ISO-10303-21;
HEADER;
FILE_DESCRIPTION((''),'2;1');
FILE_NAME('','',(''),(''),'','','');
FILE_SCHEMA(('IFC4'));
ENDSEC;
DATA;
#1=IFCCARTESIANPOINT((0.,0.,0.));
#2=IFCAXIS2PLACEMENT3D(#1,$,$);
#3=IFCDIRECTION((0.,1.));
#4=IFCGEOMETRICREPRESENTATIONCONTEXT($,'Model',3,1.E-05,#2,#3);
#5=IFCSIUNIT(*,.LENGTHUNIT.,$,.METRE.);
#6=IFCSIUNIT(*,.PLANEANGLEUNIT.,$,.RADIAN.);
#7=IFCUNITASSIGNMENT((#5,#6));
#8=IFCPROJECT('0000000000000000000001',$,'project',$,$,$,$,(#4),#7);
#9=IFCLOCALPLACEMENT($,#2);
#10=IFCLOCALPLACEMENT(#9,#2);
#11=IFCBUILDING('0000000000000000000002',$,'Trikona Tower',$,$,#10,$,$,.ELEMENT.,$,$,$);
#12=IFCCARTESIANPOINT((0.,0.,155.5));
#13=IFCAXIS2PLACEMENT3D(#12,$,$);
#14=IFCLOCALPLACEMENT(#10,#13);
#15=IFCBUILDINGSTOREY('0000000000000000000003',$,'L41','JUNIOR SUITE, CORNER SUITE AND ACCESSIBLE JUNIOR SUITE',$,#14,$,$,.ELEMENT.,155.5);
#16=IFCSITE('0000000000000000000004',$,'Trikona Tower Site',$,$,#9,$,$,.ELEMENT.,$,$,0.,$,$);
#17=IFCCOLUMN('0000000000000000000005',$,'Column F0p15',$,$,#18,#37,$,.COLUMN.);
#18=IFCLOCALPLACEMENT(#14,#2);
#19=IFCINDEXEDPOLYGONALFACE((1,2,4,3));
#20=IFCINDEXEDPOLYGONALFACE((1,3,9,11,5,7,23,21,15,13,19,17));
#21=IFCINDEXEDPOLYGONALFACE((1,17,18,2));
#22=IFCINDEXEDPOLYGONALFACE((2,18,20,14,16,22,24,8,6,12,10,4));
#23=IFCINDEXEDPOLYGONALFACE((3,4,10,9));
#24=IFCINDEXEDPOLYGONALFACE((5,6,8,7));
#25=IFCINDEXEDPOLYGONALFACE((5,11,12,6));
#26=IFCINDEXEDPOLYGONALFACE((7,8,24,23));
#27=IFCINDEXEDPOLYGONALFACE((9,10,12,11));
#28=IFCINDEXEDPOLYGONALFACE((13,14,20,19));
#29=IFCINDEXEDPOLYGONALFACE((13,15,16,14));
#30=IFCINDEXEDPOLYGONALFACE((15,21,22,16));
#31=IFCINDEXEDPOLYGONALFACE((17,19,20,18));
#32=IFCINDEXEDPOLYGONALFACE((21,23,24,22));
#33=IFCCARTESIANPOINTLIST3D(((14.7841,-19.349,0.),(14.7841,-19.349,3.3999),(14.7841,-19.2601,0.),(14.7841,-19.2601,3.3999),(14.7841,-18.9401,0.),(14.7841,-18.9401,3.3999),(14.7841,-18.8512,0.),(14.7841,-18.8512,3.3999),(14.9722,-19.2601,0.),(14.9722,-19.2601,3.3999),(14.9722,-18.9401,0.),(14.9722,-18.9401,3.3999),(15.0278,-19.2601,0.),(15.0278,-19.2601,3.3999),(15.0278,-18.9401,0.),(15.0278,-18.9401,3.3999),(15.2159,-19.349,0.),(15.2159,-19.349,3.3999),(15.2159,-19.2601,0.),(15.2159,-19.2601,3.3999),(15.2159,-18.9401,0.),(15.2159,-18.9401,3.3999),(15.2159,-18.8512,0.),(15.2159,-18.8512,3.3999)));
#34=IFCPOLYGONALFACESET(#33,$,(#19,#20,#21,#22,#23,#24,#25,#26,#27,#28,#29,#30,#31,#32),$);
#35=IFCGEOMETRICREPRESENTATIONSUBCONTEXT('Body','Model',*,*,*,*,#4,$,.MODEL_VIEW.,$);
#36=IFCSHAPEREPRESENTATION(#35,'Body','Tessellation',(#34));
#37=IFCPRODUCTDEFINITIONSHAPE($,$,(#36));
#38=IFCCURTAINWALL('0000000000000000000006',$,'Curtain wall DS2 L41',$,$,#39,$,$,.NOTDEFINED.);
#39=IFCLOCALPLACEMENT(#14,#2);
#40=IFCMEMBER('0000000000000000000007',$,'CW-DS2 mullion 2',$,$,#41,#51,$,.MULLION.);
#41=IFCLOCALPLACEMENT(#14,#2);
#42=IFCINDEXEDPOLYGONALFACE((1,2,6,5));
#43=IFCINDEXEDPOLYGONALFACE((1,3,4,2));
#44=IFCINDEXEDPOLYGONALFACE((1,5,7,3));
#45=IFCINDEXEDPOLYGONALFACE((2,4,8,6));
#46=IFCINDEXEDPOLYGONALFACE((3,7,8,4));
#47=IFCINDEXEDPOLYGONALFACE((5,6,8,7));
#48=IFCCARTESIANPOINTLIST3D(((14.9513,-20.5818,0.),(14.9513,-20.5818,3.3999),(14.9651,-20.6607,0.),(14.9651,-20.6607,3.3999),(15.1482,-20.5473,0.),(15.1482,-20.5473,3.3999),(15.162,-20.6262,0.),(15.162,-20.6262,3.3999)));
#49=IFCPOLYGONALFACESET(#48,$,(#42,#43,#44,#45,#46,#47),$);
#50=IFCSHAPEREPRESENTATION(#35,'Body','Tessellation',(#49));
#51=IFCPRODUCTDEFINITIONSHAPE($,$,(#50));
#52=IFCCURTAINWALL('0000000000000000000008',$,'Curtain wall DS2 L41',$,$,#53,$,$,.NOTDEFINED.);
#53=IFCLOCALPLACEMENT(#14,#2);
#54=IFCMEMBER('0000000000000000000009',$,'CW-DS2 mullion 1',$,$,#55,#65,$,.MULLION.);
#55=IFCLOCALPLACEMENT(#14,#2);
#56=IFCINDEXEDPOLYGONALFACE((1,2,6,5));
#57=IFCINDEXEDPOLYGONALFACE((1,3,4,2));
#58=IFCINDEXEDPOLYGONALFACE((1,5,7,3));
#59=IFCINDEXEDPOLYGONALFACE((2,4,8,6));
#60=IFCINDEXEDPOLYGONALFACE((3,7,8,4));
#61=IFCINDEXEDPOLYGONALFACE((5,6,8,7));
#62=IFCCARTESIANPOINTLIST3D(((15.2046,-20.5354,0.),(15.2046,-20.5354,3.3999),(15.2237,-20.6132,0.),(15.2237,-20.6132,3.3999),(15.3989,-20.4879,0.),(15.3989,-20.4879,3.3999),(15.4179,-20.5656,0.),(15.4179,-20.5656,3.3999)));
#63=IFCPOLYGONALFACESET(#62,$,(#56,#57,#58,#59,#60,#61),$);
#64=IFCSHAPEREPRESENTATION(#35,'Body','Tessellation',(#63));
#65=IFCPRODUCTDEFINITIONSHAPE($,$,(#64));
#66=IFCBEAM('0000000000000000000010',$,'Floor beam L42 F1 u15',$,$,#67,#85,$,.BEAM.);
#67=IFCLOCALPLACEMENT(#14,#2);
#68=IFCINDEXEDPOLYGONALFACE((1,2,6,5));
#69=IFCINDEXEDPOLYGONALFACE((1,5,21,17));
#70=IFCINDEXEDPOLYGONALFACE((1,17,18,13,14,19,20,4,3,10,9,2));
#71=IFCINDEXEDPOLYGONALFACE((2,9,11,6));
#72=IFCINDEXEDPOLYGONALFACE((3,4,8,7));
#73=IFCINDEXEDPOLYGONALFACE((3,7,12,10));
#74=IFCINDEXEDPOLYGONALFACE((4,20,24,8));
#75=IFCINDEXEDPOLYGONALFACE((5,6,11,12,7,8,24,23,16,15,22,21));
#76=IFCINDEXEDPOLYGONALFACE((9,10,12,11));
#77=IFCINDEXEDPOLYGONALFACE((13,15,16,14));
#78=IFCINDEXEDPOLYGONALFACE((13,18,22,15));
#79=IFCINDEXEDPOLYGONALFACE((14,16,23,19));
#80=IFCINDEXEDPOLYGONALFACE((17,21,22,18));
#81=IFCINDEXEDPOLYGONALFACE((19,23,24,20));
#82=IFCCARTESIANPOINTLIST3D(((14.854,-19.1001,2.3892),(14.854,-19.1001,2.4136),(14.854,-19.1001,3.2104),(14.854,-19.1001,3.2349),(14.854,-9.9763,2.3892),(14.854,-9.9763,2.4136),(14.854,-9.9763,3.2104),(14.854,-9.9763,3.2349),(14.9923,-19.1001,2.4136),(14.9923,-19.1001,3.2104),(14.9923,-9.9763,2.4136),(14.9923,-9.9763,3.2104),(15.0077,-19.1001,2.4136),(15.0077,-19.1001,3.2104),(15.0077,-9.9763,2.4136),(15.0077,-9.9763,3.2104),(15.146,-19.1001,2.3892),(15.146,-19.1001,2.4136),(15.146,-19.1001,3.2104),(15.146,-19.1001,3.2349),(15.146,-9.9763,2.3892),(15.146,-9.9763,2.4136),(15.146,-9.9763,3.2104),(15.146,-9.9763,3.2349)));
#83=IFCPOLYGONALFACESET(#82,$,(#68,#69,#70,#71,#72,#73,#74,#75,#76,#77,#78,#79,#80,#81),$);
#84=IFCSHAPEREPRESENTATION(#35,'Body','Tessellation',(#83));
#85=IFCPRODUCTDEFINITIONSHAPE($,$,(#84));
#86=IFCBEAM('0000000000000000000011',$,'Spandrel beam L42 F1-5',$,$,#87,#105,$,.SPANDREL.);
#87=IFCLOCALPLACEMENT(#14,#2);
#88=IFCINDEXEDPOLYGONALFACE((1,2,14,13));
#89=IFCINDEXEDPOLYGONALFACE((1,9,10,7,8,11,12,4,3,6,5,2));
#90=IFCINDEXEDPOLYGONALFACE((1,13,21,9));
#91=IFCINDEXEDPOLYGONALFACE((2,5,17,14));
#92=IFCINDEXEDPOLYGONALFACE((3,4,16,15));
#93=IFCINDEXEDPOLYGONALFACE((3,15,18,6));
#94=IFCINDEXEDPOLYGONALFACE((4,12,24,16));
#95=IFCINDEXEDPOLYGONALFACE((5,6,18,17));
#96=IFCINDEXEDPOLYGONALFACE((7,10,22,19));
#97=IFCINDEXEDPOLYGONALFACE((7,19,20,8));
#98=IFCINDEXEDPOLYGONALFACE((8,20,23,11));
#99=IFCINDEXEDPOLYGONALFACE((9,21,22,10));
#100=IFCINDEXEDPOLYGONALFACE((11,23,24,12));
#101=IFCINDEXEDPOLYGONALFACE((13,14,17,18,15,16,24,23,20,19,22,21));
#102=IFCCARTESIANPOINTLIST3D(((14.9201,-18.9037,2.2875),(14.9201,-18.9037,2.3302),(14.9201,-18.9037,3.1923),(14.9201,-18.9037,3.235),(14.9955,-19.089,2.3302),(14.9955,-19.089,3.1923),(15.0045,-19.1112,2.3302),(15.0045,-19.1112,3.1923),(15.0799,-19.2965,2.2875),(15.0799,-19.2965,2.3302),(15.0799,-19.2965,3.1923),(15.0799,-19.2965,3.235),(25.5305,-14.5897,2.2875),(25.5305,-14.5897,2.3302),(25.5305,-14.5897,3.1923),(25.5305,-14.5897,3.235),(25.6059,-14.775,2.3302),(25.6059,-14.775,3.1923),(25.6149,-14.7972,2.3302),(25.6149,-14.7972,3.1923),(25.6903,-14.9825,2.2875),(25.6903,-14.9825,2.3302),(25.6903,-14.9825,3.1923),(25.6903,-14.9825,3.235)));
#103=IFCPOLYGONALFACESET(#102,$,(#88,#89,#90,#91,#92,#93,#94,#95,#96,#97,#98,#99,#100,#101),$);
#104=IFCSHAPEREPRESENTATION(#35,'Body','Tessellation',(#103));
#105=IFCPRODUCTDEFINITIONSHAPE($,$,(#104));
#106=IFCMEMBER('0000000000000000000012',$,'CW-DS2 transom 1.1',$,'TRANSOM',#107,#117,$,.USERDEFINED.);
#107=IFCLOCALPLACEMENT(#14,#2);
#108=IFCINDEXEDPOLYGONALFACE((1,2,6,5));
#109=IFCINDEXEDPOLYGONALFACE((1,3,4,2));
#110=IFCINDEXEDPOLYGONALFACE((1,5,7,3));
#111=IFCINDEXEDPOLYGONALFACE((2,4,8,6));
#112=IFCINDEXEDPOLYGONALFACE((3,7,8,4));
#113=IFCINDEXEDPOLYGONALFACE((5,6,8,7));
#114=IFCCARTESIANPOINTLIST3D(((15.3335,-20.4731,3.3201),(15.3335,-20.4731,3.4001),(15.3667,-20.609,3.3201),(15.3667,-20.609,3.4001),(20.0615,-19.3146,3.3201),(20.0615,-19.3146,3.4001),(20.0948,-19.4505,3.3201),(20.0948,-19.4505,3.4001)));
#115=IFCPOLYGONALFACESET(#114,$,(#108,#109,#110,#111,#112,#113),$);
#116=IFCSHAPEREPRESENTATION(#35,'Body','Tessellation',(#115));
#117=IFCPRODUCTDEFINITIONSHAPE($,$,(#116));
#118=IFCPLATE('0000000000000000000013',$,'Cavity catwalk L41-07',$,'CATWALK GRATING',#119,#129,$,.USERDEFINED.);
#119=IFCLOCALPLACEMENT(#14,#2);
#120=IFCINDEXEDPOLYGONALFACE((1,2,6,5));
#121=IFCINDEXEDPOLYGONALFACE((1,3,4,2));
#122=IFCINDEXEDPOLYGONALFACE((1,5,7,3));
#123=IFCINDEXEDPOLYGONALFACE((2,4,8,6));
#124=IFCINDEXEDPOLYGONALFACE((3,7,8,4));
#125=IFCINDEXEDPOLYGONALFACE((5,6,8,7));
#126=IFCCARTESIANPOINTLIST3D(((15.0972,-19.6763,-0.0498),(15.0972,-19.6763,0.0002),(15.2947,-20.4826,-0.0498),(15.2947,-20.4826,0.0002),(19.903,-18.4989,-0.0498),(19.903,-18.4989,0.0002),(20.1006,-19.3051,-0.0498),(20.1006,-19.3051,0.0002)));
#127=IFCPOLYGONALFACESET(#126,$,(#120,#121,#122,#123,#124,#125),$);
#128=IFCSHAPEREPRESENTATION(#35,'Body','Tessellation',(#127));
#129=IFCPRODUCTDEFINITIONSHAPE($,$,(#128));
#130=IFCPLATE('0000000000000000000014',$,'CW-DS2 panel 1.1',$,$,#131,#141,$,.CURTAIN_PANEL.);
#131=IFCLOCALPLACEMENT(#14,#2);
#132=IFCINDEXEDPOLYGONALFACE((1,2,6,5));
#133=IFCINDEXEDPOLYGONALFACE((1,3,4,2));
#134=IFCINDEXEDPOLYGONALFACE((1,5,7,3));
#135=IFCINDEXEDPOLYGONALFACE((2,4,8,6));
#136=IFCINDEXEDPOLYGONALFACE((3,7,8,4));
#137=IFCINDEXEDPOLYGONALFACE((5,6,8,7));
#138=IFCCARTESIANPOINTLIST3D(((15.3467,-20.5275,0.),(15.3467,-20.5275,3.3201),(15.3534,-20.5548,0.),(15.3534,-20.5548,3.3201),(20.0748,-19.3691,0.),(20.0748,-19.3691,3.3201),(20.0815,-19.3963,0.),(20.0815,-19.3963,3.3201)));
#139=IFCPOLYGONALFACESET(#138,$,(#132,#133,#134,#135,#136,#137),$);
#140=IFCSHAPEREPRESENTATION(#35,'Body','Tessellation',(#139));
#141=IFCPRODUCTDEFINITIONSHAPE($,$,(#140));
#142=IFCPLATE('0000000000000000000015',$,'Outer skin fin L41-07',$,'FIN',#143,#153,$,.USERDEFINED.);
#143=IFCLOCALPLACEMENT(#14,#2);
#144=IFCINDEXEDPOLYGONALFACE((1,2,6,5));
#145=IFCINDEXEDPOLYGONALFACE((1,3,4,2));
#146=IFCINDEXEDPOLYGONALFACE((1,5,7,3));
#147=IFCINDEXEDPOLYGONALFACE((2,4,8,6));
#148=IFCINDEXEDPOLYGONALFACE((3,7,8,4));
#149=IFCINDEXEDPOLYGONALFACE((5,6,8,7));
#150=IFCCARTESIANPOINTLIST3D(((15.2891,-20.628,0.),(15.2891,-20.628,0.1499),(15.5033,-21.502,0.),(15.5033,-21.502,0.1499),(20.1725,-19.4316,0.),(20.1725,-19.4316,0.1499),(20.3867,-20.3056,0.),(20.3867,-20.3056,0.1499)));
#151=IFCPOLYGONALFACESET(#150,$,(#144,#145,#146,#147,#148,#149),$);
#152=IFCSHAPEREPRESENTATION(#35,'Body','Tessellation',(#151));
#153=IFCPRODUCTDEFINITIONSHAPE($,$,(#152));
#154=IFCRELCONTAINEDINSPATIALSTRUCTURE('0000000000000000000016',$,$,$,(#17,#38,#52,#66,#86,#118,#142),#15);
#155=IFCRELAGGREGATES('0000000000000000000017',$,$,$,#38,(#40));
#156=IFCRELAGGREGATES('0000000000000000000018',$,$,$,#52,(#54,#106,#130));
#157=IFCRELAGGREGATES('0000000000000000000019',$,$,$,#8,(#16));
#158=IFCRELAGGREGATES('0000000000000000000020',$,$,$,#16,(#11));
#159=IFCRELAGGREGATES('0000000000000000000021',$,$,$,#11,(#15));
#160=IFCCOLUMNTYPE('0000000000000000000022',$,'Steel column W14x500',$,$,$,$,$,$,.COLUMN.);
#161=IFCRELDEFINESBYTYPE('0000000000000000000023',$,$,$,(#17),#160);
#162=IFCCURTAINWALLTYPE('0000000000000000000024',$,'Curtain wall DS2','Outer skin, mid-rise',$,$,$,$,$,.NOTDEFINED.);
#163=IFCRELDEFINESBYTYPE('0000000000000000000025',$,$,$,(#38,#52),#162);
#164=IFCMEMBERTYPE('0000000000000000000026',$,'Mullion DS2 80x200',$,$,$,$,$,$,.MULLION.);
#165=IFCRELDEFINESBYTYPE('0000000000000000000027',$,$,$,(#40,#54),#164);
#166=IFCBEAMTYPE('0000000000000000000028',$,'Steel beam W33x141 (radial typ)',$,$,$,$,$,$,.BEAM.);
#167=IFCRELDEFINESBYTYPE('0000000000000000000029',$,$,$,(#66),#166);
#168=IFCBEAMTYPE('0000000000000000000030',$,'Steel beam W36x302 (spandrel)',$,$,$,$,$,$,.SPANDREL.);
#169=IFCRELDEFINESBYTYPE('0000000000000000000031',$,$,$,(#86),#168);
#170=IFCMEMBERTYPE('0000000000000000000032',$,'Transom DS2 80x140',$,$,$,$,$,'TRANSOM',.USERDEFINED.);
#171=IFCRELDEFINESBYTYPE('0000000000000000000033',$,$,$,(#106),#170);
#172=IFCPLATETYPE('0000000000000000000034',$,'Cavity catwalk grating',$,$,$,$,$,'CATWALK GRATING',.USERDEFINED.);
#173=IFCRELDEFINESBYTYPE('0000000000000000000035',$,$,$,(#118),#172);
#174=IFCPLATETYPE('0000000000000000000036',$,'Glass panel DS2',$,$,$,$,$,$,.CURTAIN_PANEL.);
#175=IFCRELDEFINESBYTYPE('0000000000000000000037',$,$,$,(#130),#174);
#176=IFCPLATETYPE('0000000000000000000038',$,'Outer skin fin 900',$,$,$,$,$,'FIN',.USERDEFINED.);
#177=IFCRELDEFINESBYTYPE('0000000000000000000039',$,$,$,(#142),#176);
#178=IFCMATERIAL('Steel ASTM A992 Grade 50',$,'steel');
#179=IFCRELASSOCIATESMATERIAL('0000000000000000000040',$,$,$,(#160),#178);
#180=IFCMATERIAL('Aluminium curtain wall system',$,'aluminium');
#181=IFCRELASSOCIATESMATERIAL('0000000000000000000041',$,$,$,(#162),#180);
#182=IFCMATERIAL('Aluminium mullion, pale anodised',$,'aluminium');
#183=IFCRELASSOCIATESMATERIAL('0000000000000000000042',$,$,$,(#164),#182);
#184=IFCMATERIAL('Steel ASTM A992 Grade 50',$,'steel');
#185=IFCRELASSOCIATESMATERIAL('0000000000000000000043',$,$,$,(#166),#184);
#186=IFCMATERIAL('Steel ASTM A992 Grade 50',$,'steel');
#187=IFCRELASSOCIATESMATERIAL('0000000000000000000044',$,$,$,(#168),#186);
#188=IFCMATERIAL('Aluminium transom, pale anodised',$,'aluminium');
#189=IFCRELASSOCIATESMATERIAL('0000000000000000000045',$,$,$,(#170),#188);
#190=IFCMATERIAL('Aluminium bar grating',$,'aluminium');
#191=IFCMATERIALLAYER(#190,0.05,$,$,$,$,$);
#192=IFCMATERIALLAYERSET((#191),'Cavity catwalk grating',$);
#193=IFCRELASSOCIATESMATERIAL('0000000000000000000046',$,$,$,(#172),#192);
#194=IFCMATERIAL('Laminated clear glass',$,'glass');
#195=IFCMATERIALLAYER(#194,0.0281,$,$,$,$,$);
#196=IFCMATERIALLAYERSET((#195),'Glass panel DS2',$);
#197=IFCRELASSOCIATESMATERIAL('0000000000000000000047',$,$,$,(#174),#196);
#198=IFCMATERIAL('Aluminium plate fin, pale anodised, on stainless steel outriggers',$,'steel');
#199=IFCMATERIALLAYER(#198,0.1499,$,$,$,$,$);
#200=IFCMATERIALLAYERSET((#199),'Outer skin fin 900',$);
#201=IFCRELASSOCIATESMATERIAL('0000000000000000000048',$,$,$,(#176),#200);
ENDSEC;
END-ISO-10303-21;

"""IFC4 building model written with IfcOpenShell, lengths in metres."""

from ifc_helpers import new_model, si_unit, direction, frame, origin, origin_2d, place, context, subcontext, project, spatial, rectangle, i_section, extrude, material, layer, layer_set, material_profile, profile_set, type_object, element, aggregate, save


model = new_model("IFC4")

# Units and contexts
model_context = context("Model", 3, precision=1e-05, world=origin(), true_north=direction((0.0, 1.0)))
body_context = subcontext(model_context, "Body", "Model", "MODEL_VIEW")
ifc_project = project(units=[si_unit("LENGTHUNIT", "METRE"), si_unit("PLANEANGLEUNIT", "RADIAN")], contexts=[model_context])

# Site, building, storey
site_placement = place(None, origin())
site = spatial("IfcSite", under=ifc_project, at=site_placement, Name="Trikona Tower Site", CompositionType="ELEMENT", RefElevation=0.0)
building_placement = place(site_placement, origin())
building = spatial("IfcBuilding", under=site, at=building_placement, Name="Trikona Tower", CompositionType="ELEMENT")
storey_placement = place(building_placement, frame((0.0, 0.0, 155.5)))
storey = spatial("IfcBuildingStorey", under=building, at=storey_placement, Name="L41", Description="JUNIOR SUITE, CORNER SUITE AND ACCESSIBLE JUNIOR SUITE", CompositionType="ELEMENT", Elevation=155.5)

# Column
ifc_material_1 = material(Name="Steel ASTM A992 Grade 50", Category="steel")
ifc_material_profile_1 = material_profile(ifc_material_1, i_section(OverallWidth=0.4319, OverallDepth=0.4978, WebThickness=0.0557, FlangeThickness=0.0889, at=origin_2d()), Name="W14X500")
ifc_profile_set_1 = profile_set([ifc_material_profile_1], Name="Steel ASTM A992 Grade 50")
column_type = type_object("IfcColumnType", Name="Steel column W14x500", PredefinedType="COLUMN", material=ifc_profile_set_1)
column_placement = place(storey_placement, frame((15.0, -19.1001, 0.0), z_axis=(0.0, 0.0, 1.0), x_axis=(1.0, 0.0, 0.0)))
element("IfcColumn", 1, at=column_placement, inside=storey, type_object=column_type, Name="Column F0p15", PredefinedType="COLUMN", context=body_context, shape_type="SweptSolid", body=[
    extrude(i_section(OverallWidth=0.4319, OverallDepth=0.4978, WebThickness=0.0557, FlangeThickness=0.0889, at=origin_2d()), origin(), (0.0, 0.0, 1.0), 3.3999),
])

# Curtain walls, members
ifc_material_2 = material(Name="Aluminium curtain wall system", Category="aluminium")
curtain_wall_type = type_object("IfcCurtainWallType", Name="Curtain wall DS2", Description="Outer skin, mid-rise", PredefinedType="NOTDEFINED", material=ifc_material_2)
curtain_wall_1_placement = place(storey_placement, origin())
curtain_wall_1 = element("IfcCurtainWall", 2, at=curtain_wall_1_placement, inside=storey, type_object=curtain_wall_type, Name="Curtain wall DS2 L41", PredefinedType="NOTDEFINED")
ifc_material_3 = material(Name="Aluminium mullion, pale anodised", Category="aluminium")
ifc_material_profile_2 = material_profile(ifc_material_3, rectangle(XDim=0.0801, YDim=0.2, at=origin_2d()), Name="MUL-DS2")
ifc_profile_set_2 = profile_set([ifc_material_profile_2], Name="Aluminium mullion, pale anodised")
member_type_1 = type_object("IfcMemberType", Name="Mullion DS2 80x200", PredefinedType="MULLION", material=ifc_profile_set_2)
member_1_placement = place(storey_placement, frame((15.0566, -20.604, 0.0), z_axis=(0.0, 0.0, 1.0), x_axis=(-0.172377, 0.985031, 0.0)))
member_1 = element("IfcMember", 3, at=member_1_placement, type_object=member_type_1, Name="CW-DS2 mullion 2", PredefinedType="MULLION", context=body_context, shape_type="SweptSolid", body=[
    extrude(rectangle(XDim=0.0801, YDim=0.2, at=origin_2d()), origin(), (0.0, 0.0, 1.0), 3.3999),
])
aggregate(curtain_wall_1, [member_1])
curtain_wall_2_placement = place(storey_placement, origin())
curtain_wall_2 = element("IfcCurtainWall", 4, at=curtain_wall_2_placement, inside=storey, type_object=curtain_wall_type, Name="Curtain wall DS2 L41", PredefinedType="NOTDEFINED")
member_2_placement = place(storey_placement, frame((15.3113, -20.5505, 0.0), z_axis=(0.0, 0.0, 1.0), x_axis=(-0.23797, 0.971272, 0.0)))
member_2 = element("IfcMember", 5, at=member_2_placement, type_object=member_type_1, Name="CW-DS2 mullion 1", PredefinedType="MULLION", context=body_context, shape_type="SweptSolid", body=[
    extrude(rectangle(XDim=0.0801, YDim=0.2, at=origin_2d()), origin(), (0.0, 0.0, 1.0), 3.3999),
])

# Beams
ifc_material_4 = material(Name="Steel ASTM A992 Grade 50", Category="steel")
ifc_material_profile_3 = material_profile(ifc_material_4, i_section(OverallWidth=0.292, OverallDepth=0.8457, WebThickness=0.0154, FlangeThickness=0.0244, at=origin_2d()), Name="W33X141")
ifc_profile_set_3 = profile_set([ifc_material_profile_3], Name="Steel ASTM A992 Grade 50")
beam_type_1 = type_object("IfcBeamType", Name="Steel beam W33x141 (radial typ)", PredefinedType="BEAM", material=ifc_profile_set_3)
beam_1_placement = place(storey_placement, frame((15.0, -9.9763, 2.812), z_axis=(0.0, -1.0, 0.0), x_axis=(1.0, 0.0, 0.0)))
element("IfcBeam", 6, at=beam_1_placement, inside=storey, type_object=beam_type_1, Name="Floor beam L42 F1 u15", PredefinedType="BEAM", context=body_context, shape_type="SweptSolid", body=[
    extrude(i_section(OverallWidth=0.292, OverallDepth=0.8457, WebThickness=0.0154, FlangeThickness=0.0244, at=origin_2d()), origin(), (0.0, 0.0, 1.0), 9.1238),
])
ifc_material_5 = material(Name="Steel ASTM A992 Grade 50", Category="steel")
ifc_material_profile_4 = material_profile(ifc_material_5, i_section(OverallWidth=0.4241, OverallDepth=0.9475, WebThickness=0.0239, FlangeThickness=0.0427, at=origin_2d()), Name="W36X302")
ifc_profile_set_4 = profile_set([ifc_material_profile_4], Name="Steel ASTM A992 Grade 50")
beam_type_2 = type_object("IfcBeamType", Name="Steel beam W36x302 (spandrel)", PredefinedType="SPANDREL", material=ifc_profile_set_4)
beam_2_placement = place(storey_placement, frame((15.0, -19.1001, 2.7612), z_axis=(0.92636, 0.37664, 0.0), x_axis=(-0.37664, 0.92636, 0.0)))
element("IfcBeam", 7, at=beam_2_placement, inside=storey, type_object=beam_type_2, Name="Spandrel beam L42 F1-5", PredefinedType="SPANDREL", context=body_context, shape_type="SweptSolid", body=[
    extrude(i_section(OverallWidth=0.4241, OverallDepth=0.9475, WebThickness=0.0239, FlangeThickness=0.0427, at=origin_2d()), origin(), (0.0, 0.0, 1.0), 11.4539),
])

# Member
ifc_material_6 = material(Name="Aluminium transom, pale anodised", Category="aluminium")
ifc_material_profile_5 = material_profile(ifc_material_6, rectangle(XDim=0.1399, YDim=0.0801, at=origin_2d()), Name="TRN-DS2")
ifc_profile_set_5 = profile_set([ifc_material_profile_5], Name="Aluminium transom, pale anodised")
member_type_2 = type_object("IfcMemberType", Name="Transom DS2 80x140", ElementType="TRANSOM", PredefinedType="USERDEFINED", material=ifc_profile_set_5)
member_3_placement = place(storey_placement, frame((15.3501, -20.541, 3.3601), z_axis=(0.971271, 0.237978, 0.0), x_axis=(-0.237978, 0.971271, 0.0)))
member_3 = element("IfcMember", 8, at=member_3_placement, type_object=member_type_2, Name="CW-DS2 transom 1.1", ObjectType="TRANSOM", PredefinedType="USERDEFINED", context=body_context, shape_type="SweptSolid", body=[
    extrude(rectangle(XDim=0.1399, YDim=0.0801, at=origin_2d()), origin(), (0.0, 0.0, 1.0), 4.8679),
])

# Plates
ifc_material_7 = material(Name="Aluminium bar grating", Category="aluminium")
ifc_layer_1 = layer(ifc_material_7, 0.05)
ifc_layer_set_1 = layer_set([ifc_layer_1], Name="Cavity catwalk grating")
plate_type_1 = type_object("IfcPlateType", Name="Cavity catwalk grating", ElementType="CATWALK GRATING", PredefinedType="USERDEFINED", material=ifc_layer_set_1)
plate_1_placement = place(storey_placement, frame((17.5989, -19.4907, -0.0498), z_axis=(0.0, 0.0, 1.0), x_axis=(0.971274, 0.237962, 0.0)))
element("IfcPlate", 9, at=plate_1_placement, inside=storey, type_object=plate_type_1, Name="Cavity catwalk L41-07", ObjectType="CATWALK GRATING", PredefinedType="USERDEFINED", context=body_context, shape_type="SweptSolid", body=[
    extrude(rectangle(XDim=4.948, YDim=0.8301, at=origin_2d()), origin(), (0.0, 0.0, 1.0), 0.05),
])
ifc_material_8 = material(Name="Laminated clear glass", Category="glass")
ifc_layer_2 = layer(ifc_material_8, 0.0281)
ifc_layer_set_2 = layer_set([ifc_layer_2], Name="Glass panel DS2")
plate_type_2 = type_object("IfcPlateType", Name="Glass panel DS2", PredefinedType="CURTAIN_PANEL", material=ifc_layer_set_2)
plate_2_placement = place(storey_placement, frame((17.7141, -19.9619, 0.0), z_axis=(0.0, 0.0, 1.0), x_axis=(0.971272, 0.23797, 0.0)))
plate_2 = element("IfcPlate", 10, at=plate_2_placement, type_object=plate_type_2, Name="CW-DS2 panel 1.1", PredefinedType="CURTAIN_PANEL", context=body_context, shape_type="SweptSolid", body=[
    extrude(rectangle(XDim=4.8679, YDim=0.0281, at=origin_2d()), origin(), (0.0, 0.0, 1.0), 3.3201),
])
aggregate(curtain_wall_2, [member_2, member_3, plate_2])
ifc_material_9 = material(Name="Aluminium plate fin, pale anodised, on stainless steel outriggers", Category="steel")
ifc_layer_3 = layer(ifc_material_9, 0.1499)
ifc_layer_set_3 = layer_set([ifc_layer_3], Name="Outer skin fin 900")
plate_type_3 = type_object("IfcPlateType", Name="Outer skin fin 900", ElementType="FIN", PredefinedType="USERDEFINED", material=ifc_layer_set_3)
plate_3_placement = place(storey_placement, frame((17.8379, -20.4668, 0.0), z_axis=(0.0, 0.0, 1.0), x_axis=(0.971274, 0.237962, 0.0)))
element("IfcPlate", 11, at=plate_3_placement, inside=storey, type_object=plate_type_3, Name="Outer skin fin L41-07", ObjectType="FIN", PredefinedType="USERDEFINED", context=body_context, shape_type="SweptSolid", body=[
    extrude(rectangle(XDim=5.0278, YDim=0.8999, at=origin_2d()), origin(), (0.0, 0.0, 1.0), 0.1499),
])

save(model, "model.ifc")
